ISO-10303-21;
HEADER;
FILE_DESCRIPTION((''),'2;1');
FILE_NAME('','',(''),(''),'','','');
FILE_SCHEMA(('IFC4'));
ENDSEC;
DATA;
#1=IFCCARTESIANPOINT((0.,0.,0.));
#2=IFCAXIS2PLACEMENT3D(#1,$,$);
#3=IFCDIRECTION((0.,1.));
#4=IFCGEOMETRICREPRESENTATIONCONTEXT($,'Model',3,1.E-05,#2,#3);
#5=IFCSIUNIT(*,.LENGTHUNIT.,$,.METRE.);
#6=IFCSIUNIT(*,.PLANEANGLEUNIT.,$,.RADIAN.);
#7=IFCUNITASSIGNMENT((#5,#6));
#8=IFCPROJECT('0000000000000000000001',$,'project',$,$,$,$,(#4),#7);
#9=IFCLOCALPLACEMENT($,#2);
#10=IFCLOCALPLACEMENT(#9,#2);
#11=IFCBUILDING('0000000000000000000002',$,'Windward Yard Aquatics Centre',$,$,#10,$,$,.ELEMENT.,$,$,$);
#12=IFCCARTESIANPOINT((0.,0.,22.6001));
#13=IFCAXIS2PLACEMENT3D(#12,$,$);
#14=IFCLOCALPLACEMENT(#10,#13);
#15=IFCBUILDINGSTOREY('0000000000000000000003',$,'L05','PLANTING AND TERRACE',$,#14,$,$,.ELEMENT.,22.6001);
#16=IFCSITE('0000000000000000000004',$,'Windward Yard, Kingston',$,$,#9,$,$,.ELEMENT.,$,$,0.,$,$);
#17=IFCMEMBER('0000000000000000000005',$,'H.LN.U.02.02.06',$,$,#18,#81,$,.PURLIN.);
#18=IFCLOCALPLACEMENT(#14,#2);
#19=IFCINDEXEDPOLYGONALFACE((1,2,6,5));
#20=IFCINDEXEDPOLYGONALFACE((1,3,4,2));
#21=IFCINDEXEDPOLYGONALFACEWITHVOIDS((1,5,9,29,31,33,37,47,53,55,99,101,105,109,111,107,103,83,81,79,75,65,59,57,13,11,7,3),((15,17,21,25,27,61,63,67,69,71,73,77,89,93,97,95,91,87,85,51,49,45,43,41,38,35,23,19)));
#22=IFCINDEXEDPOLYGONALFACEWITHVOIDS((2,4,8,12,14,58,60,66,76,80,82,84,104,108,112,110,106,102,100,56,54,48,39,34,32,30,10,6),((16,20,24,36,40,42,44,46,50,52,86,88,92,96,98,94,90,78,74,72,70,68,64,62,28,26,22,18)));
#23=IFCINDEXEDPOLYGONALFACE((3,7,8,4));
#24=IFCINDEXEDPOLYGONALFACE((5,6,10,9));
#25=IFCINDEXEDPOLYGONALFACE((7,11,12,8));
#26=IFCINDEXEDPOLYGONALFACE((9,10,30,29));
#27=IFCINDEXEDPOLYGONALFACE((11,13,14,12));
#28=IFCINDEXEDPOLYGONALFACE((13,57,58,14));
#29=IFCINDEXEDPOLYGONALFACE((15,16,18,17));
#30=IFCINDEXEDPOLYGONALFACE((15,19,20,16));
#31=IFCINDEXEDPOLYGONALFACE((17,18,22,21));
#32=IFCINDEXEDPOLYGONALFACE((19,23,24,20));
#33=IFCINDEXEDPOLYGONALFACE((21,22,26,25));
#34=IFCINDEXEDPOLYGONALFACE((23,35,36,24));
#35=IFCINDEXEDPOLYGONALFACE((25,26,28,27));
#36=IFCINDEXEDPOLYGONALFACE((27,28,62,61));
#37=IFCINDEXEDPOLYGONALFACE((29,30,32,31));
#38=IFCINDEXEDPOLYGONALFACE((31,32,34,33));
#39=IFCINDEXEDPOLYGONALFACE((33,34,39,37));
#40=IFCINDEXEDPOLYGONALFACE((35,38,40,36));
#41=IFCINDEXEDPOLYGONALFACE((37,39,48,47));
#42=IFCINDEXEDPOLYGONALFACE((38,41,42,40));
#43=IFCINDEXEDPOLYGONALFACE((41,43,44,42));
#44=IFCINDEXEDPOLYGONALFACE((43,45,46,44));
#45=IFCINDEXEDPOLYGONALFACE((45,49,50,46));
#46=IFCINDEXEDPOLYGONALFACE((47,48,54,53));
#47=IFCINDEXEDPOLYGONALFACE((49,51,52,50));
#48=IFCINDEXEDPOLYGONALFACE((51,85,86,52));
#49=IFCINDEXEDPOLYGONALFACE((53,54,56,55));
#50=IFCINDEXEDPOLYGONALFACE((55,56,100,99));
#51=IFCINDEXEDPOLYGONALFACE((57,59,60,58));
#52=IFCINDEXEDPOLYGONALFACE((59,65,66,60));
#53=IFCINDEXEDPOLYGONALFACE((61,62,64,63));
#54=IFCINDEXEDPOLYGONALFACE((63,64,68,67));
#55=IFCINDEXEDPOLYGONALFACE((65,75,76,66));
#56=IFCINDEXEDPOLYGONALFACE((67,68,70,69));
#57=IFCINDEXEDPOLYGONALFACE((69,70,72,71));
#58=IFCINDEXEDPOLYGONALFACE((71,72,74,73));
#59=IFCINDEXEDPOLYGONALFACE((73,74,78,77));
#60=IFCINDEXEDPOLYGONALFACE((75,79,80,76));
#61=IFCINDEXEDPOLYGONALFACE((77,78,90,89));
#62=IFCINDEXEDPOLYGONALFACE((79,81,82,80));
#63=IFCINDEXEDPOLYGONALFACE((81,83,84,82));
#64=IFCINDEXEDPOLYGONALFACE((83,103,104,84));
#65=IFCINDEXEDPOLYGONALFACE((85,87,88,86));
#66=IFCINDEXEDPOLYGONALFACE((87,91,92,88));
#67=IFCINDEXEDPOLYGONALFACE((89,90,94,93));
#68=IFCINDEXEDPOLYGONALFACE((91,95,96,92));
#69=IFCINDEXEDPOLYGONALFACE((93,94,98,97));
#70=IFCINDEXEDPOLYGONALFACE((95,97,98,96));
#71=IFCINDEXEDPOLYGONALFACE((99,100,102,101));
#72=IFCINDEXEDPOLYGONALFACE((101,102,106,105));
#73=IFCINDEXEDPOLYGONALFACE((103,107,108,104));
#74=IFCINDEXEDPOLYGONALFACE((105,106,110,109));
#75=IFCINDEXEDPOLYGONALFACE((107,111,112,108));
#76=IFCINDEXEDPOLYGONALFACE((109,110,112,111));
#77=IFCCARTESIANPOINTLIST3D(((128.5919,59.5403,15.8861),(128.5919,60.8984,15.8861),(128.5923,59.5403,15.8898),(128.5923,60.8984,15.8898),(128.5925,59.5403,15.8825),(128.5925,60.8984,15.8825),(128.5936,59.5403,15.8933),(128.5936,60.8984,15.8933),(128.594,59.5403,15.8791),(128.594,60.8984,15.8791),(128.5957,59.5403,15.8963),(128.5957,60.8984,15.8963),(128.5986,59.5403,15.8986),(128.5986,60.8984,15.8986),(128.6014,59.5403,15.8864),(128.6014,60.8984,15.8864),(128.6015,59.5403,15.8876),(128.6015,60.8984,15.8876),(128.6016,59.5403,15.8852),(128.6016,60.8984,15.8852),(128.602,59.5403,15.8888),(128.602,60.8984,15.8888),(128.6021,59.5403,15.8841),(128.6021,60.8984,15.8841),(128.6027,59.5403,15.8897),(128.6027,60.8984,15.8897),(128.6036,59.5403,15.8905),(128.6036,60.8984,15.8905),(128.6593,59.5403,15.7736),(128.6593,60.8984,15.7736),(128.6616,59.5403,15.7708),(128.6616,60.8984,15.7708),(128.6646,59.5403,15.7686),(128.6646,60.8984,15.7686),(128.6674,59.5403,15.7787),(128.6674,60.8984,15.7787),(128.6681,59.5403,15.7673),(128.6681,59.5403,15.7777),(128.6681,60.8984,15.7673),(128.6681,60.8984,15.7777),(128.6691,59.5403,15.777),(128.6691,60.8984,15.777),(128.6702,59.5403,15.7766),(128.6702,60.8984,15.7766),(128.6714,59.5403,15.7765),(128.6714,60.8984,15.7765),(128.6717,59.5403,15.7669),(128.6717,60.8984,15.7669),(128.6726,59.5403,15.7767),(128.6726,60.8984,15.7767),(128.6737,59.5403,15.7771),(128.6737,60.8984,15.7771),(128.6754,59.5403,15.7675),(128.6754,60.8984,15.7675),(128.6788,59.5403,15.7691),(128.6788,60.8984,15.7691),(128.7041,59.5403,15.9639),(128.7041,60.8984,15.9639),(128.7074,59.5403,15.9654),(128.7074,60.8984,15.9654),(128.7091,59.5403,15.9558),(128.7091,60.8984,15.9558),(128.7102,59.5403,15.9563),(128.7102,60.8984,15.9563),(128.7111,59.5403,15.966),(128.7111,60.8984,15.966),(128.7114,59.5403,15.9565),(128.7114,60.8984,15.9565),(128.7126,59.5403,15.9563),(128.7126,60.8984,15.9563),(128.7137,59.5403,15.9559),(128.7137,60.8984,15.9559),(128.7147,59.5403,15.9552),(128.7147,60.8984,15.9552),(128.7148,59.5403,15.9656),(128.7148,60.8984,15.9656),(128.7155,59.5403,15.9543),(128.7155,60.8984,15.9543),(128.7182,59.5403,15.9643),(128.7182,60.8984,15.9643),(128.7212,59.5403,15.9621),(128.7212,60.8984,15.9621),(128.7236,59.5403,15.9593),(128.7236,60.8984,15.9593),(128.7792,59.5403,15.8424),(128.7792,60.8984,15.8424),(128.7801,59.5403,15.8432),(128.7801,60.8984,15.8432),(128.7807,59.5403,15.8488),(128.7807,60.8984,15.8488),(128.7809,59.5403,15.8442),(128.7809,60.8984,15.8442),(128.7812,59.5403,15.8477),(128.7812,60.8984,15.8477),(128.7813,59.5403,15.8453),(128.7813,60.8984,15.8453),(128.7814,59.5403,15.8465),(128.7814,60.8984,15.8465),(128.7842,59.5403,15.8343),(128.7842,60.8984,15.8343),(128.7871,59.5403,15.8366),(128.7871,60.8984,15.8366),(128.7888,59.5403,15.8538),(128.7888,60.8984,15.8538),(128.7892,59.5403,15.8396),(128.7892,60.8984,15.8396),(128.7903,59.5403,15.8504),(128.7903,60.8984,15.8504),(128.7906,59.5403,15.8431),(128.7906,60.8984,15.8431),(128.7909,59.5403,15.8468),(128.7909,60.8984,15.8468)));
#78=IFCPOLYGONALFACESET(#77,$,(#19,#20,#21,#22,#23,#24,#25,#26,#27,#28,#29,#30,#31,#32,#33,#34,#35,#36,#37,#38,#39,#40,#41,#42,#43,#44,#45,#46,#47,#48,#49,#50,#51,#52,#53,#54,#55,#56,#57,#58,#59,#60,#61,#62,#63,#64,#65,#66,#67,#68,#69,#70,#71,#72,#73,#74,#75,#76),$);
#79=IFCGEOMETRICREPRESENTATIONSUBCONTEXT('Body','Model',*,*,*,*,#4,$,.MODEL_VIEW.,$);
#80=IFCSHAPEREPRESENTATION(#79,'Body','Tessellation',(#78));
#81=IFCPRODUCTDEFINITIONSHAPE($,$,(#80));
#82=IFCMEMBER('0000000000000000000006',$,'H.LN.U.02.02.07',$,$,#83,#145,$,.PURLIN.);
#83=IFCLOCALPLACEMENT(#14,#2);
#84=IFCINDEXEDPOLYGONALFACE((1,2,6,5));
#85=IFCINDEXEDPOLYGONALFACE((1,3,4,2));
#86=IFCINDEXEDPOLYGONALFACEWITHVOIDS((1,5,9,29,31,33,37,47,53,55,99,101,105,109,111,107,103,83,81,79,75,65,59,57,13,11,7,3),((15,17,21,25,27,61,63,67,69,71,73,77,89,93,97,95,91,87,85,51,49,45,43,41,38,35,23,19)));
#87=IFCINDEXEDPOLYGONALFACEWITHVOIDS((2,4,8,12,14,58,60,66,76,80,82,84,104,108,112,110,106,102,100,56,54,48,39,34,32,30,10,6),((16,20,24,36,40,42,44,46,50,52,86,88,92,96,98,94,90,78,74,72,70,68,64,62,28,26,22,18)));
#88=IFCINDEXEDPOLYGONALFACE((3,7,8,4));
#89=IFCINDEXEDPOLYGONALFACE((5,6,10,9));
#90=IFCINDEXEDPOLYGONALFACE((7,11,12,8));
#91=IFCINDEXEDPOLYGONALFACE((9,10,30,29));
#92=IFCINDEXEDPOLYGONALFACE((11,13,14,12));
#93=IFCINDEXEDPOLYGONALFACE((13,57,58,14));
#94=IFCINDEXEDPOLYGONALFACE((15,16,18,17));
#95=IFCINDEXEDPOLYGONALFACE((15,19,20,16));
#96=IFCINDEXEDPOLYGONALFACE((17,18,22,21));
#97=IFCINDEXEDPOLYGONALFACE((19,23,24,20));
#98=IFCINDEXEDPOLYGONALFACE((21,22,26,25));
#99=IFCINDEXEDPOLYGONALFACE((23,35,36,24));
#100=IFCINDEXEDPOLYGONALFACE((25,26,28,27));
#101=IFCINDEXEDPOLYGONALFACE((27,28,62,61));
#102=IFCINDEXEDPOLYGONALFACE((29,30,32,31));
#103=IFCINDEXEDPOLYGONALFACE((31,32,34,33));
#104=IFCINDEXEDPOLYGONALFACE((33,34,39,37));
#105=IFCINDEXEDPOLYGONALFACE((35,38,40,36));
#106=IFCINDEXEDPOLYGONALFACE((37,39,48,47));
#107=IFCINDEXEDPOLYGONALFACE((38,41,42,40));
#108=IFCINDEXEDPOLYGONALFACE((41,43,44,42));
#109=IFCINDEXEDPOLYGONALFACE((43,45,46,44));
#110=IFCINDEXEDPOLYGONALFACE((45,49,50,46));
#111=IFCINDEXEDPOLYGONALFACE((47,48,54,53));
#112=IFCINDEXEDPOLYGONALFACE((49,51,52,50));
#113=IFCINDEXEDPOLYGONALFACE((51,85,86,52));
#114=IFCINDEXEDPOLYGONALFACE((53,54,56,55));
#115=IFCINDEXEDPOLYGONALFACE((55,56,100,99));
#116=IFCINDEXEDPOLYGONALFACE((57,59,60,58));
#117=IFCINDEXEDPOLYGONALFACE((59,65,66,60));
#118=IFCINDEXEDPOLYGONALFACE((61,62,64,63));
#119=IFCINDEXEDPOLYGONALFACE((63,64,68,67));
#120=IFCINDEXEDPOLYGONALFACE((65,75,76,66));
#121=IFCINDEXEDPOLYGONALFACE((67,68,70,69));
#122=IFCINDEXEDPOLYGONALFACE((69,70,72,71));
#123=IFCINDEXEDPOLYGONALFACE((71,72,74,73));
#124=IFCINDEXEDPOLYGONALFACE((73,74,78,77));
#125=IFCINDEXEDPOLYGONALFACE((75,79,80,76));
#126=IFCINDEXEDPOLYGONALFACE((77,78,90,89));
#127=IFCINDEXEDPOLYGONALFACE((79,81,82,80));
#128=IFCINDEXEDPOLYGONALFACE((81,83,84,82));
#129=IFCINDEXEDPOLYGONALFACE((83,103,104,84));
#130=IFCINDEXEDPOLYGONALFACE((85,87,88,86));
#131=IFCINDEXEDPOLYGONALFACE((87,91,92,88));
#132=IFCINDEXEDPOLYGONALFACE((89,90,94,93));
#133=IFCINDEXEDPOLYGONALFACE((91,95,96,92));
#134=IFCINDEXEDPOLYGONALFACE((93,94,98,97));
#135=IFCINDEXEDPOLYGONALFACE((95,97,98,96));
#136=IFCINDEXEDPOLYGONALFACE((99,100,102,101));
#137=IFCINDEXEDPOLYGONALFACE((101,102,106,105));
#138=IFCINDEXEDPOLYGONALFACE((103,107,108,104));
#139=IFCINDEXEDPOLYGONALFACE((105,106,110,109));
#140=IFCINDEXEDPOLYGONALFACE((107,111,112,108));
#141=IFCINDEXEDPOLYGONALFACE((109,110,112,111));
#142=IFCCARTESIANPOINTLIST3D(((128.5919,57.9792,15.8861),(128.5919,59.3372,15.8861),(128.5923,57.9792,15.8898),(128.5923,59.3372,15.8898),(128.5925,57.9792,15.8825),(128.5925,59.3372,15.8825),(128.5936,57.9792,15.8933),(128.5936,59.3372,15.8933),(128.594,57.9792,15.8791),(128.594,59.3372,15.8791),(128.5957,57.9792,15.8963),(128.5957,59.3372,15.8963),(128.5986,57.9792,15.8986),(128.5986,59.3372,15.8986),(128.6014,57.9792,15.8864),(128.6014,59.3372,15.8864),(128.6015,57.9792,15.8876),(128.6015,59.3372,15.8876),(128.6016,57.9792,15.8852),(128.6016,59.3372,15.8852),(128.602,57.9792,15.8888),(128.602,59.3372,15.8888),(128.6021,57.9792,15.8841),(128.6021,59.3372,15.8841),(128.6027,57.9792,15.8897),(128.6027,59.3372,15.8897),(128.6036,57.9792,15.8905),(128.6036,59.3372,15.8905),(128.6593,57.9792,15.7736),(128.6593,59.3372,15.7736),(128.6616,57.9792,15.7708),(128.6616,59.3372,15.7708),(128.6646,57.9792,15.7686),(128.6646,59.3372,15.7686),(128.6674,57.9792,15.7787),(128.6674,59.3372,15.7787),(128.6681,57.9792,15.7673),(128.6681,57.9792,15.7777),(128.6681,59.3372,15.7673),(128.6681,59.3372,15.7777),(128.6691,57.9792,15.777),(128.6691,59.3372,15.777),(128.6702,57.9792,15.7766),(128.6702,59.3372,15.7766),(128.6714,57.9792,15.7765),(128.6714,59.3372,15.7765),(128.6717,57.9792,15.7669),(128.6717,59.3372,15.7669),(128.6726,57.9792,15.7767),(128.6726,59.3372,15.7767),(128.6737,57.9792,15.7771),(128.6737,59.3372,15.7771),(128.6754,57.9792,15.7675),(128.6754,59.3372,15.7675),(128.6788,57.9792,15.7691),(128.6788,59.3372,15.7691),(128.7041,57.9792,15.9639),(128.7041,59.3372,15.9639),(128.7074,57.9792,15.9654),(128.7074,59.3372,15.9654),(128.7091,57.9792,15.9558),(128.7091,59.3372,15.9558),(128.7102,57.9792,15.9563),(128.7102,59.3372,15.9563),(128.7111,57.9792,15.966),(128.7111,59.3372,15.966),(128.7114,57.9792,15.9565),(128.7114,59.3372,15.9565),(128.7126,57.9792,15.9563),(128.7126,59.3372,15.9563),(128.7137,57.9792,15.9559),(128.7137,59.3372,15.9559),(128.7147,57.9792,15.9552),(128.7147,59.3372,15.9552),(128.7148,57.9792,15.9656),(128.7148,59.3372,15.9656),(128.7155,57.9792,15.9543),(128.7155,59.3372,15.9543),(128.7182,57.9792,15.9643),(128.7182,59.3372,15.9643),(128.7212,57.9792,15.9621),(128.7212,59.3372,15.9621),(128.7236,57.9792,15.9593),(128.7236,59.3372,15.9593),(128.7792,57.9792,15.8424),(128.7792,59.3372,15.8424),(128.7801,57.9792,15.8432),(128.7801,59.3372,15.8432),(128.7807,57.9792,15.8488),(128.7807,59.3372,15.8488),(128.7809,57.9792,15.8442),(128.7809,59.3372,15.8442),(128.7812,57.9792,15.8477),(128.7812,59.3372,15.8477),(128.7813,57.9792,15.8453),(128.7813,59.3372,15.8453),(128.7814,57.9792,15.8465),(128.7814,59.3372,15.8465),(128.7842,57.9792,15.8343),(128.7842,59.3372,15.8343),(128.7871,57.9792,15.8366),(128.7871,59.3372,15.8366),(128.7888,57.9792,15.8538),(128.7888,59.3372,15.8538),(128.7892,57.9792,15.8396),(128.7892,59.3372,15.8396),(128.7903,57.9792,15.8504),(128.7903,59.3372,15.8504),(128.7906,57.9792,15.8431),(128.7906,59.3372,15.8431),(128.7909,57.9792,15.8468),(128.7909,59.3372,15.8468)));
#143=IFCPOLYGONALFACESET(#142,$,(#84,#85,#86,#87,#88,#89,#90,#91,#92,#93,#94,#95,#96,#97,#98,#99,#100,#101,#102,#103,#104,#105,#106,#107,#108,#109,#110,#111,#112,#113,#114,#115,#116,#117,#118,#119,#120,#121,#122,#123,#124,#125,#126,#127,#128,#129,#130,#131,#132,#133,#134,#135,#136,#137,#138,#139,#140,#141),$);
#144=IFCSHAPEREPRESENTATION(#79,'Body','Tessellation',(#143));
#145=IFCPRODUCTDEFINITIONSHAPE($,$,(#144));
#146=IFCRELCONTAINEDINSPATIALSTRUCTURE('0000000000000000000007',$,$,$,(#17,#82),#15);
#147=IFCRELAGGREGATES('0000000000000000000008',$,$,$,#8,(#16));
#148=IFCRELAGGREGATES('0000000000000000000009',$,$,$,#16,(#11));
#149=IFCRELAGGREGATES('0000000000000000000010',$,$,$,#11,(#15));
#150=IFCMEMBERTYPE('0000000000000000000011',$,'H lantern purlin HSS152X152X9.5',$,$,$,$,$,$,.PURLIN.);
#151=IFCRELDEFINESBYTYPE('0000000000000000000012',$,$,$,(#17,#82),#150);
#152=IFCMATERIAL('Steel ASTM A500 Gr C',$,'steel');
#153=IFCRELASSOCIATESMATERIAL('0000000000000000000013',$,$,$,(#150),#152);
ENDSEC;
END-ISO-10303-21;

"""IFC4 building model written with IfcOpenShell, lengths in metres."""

from ifc_helpers import new_model, si_unit, direction, frame, origin, origin_2d, place, context, subcontext, project, spatial, hollow_rectangle, extrude, material, material_profile, profile_set, type_object, element, save


model = new_model("IFC4")

# Units and contexts
model_context = context("Model", 3, precision=1e-05, world=origin(), true_north=direction((0.0, 1.0)))
body_context = subcontext(model_context, "Body", "Model", "MODEL_VIEW")
ifc_project = project(units=[si_unit("LENGTHUNIT", "METRE"), si_unit("PLANEANGLEUNIT", "RADIAN")], contexts=[model_context])

# Site, building, storey
site_placement = place(None, origin())
site = spatial("IfcSite", under=ifc_project, at=site_placement, Name="Windward Yard, Kingston", CompositionType="ELEMENT", RefElevation=0.0)
building_placement = place(site_placement, origin())
building = spatial("IfcBuilding", under=site, at=building_placement, Name="Windward Yard Aquatics Centre", CompositionType="ELEMENT")
storey_placement = place(building_placement, frame((0.0, 0.0, 22.6001)))
storey = spatial("IfcBuildingStorey", under=building, at=storey_placement, Name="L05", Description="PLANTING AND TERRACE", CompositionType="ELEMENT", Elevation=22.6001)

# Members
ifc_material_1 = material(Name="Steel ASTM A500 Gr C", Category="steel")
ifc_material_profile_1 = material_profile(ifc_material_1, hollow_rectangle(XDim=0.1523, YDim=0.1523, WallThickness=0.0095, InnerFilletRadius=0.0046, OuterFilletRadius=0.0142, at=origin_2d()), Name="HSS152X152X9.5")
ifc_profile_set_1 = profile_set([ifc_material_profile_1], Name="Steel ASTM A500 Gr C")
member_type_1 = type_object("IfcMemberType", Name="H lantern purlin HSS152X152X9.5", PredefinedType="PURLIN", material=ifc_profile_set_1)
member_1_placement = place(storey_placement, frame((128.6914, 60.8984, 15.8665), z_axis=(0.0, -1.0, 0.0), x_axis=(0.526172, 0.0, -0.850378)))
element("IfcMember", 1, at=member_1_placement, inside=storey, type_object=member_type_1, Name="H.LN.U.02.02.06", PredefinedType="PURLIN", context=body_context, shape_type="SweptSolid", body=[
    extrude(hollow_rectangle(XDim=0.1523, YDim=0.1523, WallThickness=0.0095, InnerFilletRadius=0.0046, OuterFilletRadius=0.0142, at=origin_2d()), origin(), (0.0, 0.0, 1.0), 1.3582),
])
member_2_placement = place(storey_placement, frame((128.6914, 59.3372, 15.8665), z_axis=(0.0, -1.0, 0.0), x_axis=(0.526172, 0.0, -0.850378)))
element("IfcMember", 2, at=member_2_placement, inside=storey, type_object=member_type_1, Name="H.LN.U.02.02.07", PredefinedType="PURLIN", context=body_context, shape_type="SweptSolid", body=[
    extrude(hollow_rectangle(XDim=0.1523, YDim=0.1523, WallThickness=0.0095, InnerFilletRadius=0.0046, OuterFilletRadius=0.0142, at=origin_2d()), origin(), (0.0, 0.0, 1.0), 1.3579),
])

save(model, "model.ifc")
